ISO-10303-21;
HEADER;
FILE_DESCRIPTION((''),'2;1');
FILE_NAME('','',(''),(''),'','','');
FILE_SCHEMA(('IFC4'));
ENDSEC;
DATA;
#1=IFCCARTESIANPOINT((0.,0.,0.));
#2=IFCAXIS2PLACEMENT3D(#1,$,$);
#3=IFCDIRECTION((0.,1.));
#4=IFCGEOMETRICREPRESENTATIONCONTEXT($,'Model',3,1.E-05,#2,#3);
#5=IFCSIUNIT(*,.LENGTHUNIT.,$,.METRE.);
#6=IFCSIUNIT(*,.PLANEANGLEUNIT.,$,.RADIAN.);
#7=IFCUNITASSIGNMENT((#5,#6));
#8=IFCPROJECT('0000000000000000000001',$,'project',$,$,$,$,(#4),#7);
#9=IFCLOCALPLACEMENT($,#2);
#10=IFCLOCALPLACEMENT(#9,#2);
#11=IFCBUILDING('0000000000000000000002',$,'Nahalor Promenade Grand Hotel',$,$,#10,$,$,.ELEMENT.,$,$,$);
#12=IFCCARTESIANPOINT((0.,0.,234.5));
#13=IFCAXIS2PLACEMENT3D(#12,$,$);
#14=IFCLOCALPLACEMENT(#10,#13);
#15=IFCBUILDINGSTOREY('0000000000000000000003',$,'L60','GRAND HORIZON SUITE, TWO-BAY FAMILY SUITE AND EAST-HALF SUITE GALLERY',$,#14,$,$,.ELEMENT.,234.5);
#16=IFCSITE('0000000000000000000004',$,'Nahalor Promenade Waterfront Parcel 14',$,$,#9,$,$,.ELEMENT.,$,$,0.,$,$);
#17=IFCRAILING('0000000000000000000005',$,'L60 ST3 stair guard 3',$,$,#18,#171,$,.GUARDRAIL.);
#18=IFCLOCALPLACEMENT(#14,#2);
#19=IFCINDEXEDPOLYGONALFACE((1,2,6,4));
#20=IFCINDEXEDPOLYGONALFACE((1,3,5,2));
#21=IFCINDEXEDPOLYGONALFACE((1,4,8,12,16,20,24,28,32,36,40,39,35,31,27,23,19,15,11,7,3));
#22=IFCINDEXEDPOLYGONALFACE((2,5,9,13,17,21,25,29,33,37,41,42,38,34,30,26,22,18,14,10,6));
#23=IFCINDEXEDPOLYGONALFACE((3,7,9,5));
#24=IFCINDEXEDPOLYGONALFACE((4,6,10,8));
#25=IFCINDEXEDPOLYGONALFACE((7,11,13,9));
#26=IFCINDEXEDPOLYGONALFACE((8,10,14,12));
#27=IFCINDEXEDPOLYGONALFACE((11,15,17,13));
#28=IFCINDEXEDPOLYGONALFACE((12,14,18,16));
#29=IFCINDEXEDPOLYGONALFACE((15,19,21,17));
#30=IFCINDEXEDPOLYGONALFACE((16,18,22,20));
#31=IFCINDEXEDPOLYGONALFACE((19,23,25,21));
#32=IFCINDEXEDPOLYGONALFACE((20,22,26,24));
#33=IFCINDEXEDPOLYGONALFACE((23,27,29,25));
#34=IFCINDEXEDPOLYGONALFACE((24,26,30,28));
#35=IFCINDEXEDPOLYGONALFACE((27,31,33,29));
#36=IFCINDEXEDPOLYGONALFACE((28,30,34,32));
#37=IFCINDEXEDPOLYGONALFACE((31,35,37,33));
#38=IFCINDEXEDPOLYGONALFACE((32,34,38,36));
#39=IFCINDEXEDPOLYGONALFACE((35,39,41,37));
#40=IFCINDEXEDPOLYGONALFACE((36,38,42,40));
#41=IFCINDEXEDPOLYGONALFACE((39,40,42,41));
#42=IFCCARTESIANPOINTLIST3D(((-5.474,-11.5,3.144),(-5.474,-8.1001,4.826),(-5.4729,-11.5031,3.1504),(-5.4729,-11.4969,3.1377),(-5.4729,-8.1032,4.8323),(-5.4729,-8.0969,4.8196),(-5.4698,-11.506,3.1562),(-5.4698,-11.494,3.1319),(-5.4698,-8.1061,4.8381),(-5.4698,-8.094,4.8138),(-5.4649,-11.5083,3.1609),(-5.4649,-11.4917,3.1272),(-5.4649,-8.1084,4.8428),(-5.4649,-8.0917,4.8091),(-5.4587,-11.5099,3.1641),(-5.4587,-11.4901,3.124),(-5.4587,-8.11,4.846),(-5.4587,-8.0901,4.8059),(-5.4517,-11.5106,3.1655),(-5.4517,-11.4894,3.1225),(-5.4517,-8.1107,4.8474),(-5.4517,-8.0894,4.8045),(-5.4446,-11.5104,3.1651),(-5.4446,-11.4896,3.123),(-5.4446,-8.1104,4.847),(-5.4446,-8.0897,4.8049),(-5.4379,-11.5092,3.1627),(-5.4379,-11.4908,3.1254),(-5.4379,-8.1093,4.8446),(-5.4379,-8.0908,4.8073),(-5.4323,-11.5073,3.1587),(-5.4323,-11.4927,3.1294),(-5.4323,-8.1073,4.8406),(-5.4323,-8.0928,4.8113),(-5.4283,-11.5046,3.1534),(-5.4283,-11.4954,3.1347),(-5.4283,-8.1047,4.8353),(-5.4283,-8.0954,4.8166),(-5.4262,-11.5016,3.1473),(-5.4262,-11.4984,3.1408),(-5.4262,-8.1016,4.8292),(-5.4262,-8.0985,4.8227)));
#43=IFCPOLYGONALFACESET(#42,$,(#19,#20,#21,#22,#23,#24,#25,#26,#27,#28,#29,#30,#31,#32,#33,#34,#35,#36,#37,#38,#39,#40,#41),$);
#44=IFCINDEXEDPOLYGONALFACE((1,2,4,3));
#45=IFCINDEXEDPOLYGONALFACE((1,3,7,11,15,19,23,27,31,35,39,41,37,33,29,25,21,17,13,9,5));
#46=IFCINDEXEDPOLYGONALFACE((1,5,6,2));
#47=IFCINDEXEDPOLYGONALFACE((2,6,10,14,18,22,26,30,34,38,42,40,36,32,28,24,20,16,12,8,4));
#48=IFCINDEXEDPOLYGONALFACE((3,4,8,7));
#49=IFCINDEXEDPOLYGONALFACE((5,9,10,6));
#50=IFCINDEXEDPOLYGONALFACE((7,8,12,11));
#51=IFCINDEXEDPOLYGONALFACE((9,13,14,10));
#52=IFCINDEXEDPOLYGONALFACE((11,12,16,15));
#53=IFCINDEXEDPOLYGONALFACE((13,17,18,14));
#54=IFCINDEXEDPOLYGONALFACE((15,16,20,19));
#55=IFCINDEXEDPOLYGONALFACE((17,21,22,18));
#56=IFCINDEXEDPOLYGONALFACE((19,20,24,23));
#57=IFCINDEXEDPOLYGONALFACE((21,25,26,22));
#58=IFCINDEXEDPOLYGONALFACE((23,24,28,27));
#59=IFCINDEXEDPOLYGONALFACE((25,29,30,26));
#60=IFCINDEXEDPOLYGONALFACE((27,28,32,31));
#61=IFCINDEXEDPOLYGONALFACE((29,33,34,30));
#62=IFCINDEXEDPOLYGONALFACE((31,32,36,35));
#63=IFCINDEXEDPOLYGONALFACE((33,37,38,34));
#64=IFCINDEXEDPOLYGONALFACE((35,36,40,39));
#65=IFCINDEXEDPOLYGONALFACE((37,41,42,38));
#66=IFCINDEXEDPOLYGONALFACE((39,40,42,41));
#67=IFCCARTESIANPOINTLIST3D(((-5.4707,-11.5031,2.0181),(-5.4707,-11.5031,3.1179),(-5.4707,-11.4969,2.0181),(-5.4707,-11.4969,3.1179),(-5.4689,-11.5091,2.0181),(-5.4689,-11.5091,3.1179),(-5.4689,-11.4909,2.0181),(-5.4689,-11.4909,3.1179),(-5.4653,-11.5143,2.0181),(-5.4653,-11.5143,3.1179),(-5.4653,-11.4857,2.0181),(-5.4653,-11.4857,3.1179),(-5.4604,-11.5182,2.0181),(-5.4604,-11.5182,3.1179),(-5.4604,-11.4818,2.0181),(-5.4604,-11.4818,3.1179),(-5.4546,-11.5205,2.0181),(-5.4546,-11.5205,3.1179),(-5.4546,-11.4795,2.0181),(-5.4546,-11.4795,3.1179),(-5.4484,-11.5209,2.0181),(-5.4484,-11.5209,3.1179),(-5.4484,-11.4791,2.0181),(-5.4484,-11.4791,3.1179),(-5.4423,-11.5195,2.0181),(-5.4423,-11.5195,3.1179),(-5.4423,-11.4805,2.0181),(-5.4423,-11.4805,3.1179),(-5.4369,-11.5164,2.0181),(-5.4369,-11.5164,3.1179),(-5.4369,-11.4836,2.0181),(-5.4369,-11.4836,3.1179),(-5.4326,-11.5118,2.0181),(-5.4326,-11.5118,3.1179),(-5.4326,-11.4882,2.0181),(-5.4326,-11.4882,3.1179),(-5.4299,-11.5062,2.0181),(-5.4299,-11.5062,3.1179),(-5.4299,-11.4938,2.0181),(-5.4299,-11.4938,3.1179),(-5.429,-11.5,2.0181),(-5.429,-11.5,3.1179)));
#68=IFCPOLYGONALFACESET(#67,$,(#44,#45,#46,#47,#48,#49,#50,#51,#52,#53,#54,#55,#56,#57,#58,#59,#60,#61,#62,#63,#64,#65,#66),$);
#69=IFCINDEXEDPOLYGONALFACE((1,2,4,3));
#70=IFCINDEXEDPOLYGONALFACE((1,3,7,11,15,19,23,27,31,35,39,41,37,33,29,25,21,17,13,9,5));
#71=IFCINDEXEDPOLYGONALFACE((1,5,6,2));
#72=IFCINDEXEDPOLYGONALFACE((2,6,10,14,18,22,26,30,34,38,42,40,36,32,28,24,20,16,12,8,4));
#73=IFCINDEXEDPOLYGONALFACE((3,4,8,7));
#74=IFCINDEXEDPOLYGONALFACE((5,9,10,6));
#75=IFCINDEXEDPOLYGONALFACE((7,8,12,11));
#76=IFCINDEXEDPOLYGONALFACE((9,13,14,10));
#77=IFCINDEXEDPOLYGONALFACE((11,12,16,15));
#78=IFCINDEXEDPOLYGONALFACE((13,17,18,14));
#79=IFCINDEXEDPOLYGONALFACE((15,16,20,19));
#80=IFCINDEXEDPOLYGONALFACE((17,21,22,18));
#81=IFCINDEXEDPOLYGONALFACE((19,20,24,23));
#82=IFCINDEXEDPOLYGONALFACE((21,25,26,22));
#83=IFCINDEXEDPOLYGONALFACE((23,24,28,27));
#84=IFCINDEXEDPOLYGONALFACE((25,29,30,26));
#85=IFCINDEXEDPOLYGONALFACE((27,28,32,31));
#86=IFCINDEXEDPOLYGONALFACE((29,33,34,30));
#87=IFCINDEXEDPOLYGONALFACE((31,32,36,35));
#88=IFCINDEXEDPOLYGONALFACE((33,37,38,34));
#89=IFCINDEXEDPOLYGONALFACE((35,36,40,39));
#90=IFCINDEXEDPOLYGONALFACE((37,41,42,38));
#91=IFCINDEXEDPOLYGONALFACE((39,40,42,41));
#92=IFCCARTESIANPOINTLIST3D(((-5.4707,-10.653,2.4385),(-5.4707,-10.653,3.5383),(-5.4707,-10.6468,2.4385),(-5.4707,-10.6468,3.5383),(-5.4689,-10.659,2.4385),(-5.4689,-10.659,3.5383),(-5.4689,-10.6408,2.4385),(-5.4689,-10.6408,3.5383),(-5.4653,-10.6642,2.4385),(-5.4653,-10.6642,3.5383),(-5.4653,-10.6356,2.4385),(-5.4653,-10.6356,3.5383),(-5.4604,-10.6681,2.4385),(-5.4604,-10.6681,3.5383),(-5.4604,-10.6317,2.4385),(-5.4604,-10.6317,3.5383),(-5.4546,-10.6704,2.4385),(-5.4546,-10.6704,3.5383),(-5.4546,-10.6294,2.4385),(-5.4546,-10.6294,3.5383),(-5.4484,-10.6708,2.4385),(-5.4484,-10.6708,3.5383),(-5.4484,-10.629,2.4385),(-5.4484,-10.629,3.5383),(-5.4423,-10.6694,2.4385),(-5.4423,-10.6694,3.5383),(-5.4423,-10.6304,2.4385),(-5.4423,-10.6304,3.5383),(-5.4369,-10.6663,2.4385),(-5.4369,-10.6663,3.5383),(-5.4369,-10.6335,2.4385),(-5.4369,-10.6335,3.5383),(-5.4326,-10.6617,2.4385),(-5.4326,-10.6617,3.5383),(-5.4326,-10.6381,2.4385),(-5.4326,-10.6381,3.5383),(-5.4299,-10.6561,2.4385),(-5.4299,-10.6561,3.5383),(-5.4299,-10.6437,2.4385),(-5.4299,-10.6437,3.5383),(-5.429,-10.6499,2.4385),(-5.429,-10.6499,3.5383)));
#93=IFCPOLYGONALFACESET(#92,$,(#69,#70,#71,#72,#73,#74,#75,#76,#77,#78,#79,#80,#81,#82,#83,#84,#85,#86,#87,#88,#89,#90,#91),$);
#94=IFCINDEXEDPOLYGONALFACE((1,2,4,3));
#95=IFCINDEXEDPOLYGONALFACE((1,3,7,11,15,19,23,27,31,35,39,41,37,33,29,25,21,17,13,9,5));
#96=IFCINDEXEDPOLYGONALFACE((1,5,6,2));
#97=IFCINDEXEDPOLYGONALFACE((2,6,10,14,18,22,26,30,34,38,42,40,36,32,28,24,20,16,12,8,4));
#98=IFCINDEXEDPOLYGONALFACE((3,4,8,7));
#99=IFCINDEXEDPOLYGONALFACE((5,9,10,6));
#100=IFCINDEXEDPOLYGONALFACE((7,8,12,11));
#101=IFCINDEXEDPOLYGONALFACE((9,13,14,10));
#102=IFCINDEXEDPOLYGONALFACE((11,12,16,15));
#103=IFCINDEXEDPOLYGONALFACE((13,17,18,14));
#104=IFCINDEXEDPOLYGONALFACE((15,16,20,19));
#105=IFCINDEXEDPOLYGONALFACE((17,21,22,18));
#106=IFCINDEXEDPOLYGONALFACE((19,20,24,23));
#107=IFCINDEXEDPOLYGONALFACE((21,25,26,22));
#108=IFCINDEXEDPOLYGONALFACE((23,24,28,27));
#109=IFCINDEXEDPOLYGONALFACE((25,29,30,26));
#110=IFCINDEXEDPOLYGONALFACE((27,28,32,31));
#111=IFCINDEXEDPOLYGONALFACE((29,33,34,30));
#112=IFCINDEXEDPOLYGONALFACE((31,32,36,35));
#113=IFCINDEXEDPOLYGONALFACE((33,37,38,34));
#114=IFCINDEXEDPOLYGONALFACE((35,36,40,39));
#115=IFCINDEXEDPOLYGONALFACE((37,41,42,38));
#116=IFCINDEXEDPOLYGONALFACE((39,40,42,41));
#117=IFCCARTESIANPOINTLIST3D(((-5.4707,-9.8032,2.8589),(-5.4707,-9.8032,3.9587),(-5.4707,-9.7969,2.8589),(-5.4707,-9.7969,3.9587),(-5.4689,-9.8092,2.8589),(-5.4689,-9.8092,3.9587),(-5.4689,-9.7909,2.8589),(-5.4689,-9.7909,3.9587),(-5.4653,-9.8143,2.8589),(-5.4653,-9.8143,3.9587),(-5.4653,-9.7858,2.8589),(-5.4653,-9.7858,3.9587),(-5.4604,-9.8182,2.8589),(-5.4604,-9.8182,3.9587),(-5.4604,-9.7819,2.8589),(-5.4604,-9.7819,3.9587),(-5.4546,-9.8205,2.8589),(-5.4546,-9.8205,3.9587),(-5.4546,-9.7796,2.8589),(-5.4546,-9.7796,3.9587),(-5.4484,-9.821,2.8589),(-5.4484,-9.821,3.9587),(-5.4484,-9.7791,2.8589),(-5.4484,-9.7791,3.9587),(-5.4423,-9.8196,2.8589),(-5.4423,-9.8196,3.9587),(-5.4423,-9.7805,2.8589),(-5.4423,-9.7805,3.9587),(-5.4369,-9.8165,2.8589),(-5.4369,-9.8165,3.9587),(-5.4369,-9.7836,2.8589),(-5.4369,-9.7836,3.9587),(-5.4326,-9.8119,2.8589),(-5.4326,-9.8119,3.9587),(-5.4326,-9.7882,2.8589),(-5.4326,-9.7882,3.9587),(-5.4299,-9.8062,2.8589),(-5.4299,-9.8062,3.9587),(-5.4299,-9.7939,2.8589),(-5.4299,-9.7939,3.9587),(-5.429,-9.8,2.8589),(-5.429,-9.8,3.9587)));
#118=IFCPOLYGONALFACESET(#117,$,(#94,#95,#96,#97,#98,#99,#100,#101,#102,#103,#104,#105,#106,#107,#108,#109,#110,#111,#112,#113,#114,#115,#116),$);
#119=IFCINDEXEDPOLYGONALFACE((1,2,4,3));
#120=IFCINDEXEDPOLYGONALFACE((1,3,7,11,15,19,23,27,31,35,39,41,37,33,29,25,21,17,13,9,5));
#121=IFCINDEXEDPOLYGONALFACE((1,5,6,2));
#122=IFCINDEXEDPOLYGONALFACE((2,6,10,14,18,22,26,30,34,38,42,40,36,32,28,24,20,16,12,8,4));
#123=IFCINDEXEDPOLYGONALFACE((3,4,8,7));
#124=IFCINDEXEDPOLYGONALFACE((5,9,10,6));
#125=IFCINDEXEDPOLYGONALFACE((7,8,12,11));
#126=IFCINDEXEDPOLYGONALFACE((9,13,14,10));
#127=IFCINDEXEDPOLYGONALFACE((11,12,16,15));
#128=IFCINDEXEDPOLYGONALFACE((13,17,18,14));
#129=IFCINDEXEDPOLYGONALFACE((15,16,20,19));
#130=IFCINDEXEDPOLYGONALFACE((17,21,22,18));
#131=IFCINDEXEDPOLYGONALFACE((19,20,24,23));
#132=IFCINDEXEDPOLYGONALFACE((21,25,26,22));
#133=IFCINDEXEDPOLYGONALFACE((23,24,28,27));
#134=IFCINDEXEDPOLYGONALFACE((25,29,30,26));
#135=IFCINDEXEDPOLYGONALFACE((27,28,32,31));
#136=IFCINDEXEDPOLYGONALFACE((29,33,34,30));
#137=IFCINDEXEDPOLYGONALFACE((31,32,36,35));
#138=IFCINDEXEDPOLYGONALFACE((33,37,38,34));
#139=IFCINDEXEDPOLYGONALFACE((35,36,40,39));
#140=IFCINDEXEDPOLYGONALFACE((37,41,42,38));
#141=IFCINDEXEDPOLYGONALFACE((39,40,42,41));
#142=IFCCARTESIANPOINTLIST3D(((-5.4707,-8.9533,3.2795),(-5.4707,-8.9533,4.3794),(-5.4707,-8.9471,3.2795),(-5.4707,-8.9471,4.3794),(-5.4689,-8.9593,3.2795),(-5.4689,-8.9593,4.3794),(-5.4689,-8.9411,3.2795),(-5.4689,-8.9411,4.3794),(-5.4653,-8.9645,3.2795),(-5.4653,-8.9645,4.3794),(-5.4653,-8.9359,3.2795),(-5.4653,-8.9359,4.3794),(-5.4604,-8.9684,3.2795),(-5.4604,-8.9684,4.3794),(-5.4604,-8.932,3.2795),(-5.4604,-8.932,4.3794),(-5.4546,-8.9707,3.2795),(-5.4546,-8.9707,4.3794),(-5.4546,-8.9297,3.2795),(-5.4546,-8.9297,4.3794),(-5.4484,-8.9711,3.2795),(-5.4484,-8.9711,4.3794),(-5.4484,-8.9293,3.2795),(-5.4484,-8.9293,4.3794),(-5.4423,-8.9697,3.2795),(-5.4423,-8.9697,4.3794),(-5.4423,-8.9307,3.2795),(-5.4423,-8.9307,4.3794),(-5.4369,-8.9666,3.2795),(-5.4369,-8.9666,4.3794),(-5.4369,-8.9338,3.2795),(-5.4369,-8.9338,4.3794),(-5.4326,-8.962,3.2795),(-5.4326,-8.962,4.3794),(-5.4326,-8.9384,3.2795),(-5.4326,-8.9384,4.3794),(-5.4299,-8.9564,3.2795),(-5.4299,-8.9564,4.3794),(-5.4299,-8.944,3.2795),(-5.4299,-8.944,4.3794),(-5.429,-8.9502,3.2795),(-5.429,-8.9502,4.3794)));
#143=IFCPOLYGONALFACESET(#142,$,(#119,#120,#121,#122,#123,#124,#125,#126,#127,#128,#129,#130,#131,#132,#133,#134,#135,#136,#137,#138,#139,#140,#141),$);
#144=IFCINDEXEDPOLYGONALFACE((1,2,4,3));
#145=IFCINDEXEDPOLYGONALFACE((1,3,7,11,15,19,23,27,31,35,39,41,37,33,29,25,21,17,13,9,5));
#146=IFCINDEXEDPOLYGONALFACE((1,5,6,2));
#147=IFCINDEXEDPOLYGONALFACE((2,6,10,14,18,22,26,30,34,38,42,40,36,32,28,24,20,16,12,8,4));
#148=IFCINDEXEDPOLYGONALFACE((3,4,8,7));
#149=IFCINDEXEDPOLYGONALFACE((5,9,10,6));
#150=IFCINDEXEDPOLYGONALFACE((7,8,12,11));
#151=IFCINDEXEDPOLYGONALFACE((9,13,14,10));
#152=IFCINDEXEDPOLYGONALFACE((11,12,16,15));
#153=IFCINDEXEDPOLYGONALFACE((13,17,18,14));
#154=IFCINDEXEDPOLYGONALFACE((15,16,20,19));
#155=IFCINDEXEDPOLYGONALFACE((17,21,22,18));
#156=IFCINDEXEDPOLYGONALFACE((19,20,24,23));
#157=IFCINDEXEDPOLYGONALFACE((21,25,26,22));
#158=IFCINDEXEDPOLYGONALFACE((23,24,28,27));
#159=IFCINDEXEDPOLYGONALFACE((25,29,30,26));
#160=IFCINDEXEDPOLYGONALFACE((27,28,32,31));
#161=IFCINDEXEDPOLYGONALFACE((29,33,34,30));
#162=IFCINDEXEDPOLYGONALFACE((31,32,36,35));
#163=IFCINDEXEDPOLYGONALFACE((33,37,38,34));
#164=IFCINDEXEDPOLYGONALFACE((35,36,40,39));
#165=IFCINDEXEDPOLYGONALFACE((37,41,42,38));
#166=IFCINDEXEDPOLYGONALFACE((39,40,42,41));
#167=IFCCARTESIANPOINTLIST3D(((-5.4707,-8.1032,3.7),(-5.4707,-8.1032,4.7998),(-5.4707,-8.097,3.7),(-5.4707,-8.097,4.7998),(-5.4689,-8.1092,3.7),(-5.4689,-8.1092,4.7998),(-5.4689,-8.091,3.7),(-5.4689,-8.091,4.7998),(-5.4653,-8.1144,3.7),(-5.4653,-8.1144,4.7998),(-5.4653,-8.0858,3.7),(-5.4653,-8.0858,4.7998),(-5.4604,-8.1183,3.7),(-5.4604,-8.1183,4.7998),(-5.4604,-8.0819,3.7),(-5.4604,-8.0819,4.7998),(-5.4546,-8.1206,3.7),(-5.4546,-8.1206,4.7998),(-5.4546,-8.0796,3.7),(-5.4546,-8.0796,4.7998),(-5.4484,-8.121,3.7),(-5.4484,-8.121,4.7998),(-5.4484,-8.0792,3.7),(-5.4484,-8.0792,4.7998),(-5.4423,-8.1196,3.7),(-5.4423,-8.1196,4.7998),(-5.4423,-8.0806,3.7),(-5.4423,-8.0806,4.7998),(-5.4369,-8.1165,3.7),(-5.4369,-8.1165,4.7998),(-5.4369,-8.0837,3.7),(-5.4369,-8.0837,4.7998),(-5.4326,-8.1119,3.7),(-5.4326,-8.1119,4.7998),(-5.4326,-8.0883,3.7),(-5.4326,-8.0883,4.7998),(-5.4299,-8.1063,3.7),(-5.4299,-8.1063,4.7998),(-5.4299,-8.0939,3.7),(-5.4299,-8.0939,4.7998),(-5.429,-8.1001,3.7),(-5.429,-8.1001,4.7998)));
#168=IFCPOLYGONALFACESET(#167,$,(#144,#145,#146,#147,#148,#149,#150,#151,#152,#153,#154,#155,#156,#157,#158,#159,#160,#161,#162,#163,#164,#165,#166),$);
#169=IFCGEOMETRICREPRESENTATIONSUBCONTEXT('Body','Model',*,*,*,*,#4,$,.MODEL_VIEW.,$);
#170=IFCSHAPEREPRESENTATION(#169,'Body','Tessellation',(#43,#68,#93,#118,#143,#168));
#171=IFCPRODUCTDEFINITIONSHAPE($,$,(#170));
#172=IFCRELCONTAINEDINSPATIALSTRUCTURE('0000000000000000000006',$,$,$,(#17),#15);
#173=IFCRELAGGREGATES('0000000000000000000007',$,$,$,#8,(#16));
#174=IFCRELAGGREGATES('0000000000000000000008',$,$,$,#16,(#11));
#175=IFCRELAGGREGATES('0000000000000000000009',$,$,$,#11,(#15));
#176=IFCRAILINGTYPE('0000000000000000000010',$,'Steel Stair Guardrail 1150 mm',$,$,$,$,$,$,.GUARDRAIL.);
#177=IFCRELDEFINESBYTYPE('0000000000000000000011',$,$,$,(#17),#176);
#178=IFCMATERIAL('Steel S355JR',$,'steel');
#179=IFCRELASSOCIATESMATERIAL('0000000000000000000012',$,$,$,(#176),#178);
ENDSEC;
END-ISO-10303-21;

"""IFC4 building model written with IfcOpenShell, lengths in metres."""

from ifc_helpers import new_model, si_unit, direction, frame, origin, origin_2d, place, context, subcontext, project, spatial, circle, extrude, material, type_object, element, save


model = new_model("IFC4")

# Units and contexts
model_context = context("Model", 3, precision=1e-05, world=origin(), true_north=direction((0.0, 1.0)))
body_context = subcontext(model_context, "Body", "Model", "MODEL_VIEW")
ifc_project = project(units=[si_unit("LENGTHUNIT", "METRE"), si_unit("PLANEANGLEUNIT", "RADIAN")], contexts=[model_context])

# Site, building, storey
site_placement = place(None, origin())
site = spatial("IfcSite", under=ifc_project, at=site_placement, Name="Nahalor Promenade Waterfront Parcel 14", CompositionType="ELEMENT", RefElevation=0.0)
building_placement = place(site_placement, origin())
building = spatial("IfcBuilding", under=site, at=building_placement, Name="Nahalor Promenade Grand Hotel", CompositionType="ELEMENT")
storey_placement = place(building_placement, frame((0.0, 0.0, 234.5)))
storey = spatial("IfcBuildingStorey", under=building, at=storey_placement, Name="L60", Description="GRAND HORIZON SUITE, TWO-BAY FAMILY SUITE AND EAST-HALF SUITE GALLERY", CompositionType="ELEMENT", Elevation=234.5)

# Shared definitions
ifc_material_1 = material(Name="Steel S355JR", Category="steel")

# Railing
railing_type_1 = type_object("IfcRailingType", Name="Steel Stair Guardrail 1150 mm", PredefinedType="GUARDRAIL", material=ifc_material_1)
railing_1_placement = place(storey_placement, frame((-5.45, -11.5, 2.0181)))
element("IfcRailing", 1, at=railing_1_placement, inside=storey, type_object=railing_type_1, Name="L60 ST3 stair guard 3", PredefinedType="GUARDRAIL", context=body_context, shape_type="SweptSolid", body=[
    extrude(circle(Radius=0.024, at=origin_2d()), frame((0.0, 0.0, 1.126), z_axis=(0.0, 0.896324, 0.443399), x_axis=(-1.0, 0.0, 0.0)), (0.0, 0.0, 1.0), 3.7932),
    extrude(circle(Radius=0.021, at=origin_2d()), origin(), (0.0, 0.0, 1.0), 1.0999),
    extrude(circle(Radius=0.021, at=origin_2d()), frame((0.0, 0.8501, 0.4204)), (0.0, 0.0, 1.0), 1.0999),
    extrude(circle(Radius=0.021, at=origin_2d()), frame((0.0, 1.7, 0.8408)), (0.0, 0.0, 1.0), 1.0999),
    extrude(circle(Radius=0.021, at=origin_2d()), frame((0.0, 2.5498, 1.2615)), (0.0, 0.0, 1.0), 1.0999),
    extrude(circle(Radius=0.021, at=origin_2d()), frame((0.0, 3.3999, 1.6819)), (0.0, 0.0, 1.0), 1.0999),
])

save(model, "model.ifc")
